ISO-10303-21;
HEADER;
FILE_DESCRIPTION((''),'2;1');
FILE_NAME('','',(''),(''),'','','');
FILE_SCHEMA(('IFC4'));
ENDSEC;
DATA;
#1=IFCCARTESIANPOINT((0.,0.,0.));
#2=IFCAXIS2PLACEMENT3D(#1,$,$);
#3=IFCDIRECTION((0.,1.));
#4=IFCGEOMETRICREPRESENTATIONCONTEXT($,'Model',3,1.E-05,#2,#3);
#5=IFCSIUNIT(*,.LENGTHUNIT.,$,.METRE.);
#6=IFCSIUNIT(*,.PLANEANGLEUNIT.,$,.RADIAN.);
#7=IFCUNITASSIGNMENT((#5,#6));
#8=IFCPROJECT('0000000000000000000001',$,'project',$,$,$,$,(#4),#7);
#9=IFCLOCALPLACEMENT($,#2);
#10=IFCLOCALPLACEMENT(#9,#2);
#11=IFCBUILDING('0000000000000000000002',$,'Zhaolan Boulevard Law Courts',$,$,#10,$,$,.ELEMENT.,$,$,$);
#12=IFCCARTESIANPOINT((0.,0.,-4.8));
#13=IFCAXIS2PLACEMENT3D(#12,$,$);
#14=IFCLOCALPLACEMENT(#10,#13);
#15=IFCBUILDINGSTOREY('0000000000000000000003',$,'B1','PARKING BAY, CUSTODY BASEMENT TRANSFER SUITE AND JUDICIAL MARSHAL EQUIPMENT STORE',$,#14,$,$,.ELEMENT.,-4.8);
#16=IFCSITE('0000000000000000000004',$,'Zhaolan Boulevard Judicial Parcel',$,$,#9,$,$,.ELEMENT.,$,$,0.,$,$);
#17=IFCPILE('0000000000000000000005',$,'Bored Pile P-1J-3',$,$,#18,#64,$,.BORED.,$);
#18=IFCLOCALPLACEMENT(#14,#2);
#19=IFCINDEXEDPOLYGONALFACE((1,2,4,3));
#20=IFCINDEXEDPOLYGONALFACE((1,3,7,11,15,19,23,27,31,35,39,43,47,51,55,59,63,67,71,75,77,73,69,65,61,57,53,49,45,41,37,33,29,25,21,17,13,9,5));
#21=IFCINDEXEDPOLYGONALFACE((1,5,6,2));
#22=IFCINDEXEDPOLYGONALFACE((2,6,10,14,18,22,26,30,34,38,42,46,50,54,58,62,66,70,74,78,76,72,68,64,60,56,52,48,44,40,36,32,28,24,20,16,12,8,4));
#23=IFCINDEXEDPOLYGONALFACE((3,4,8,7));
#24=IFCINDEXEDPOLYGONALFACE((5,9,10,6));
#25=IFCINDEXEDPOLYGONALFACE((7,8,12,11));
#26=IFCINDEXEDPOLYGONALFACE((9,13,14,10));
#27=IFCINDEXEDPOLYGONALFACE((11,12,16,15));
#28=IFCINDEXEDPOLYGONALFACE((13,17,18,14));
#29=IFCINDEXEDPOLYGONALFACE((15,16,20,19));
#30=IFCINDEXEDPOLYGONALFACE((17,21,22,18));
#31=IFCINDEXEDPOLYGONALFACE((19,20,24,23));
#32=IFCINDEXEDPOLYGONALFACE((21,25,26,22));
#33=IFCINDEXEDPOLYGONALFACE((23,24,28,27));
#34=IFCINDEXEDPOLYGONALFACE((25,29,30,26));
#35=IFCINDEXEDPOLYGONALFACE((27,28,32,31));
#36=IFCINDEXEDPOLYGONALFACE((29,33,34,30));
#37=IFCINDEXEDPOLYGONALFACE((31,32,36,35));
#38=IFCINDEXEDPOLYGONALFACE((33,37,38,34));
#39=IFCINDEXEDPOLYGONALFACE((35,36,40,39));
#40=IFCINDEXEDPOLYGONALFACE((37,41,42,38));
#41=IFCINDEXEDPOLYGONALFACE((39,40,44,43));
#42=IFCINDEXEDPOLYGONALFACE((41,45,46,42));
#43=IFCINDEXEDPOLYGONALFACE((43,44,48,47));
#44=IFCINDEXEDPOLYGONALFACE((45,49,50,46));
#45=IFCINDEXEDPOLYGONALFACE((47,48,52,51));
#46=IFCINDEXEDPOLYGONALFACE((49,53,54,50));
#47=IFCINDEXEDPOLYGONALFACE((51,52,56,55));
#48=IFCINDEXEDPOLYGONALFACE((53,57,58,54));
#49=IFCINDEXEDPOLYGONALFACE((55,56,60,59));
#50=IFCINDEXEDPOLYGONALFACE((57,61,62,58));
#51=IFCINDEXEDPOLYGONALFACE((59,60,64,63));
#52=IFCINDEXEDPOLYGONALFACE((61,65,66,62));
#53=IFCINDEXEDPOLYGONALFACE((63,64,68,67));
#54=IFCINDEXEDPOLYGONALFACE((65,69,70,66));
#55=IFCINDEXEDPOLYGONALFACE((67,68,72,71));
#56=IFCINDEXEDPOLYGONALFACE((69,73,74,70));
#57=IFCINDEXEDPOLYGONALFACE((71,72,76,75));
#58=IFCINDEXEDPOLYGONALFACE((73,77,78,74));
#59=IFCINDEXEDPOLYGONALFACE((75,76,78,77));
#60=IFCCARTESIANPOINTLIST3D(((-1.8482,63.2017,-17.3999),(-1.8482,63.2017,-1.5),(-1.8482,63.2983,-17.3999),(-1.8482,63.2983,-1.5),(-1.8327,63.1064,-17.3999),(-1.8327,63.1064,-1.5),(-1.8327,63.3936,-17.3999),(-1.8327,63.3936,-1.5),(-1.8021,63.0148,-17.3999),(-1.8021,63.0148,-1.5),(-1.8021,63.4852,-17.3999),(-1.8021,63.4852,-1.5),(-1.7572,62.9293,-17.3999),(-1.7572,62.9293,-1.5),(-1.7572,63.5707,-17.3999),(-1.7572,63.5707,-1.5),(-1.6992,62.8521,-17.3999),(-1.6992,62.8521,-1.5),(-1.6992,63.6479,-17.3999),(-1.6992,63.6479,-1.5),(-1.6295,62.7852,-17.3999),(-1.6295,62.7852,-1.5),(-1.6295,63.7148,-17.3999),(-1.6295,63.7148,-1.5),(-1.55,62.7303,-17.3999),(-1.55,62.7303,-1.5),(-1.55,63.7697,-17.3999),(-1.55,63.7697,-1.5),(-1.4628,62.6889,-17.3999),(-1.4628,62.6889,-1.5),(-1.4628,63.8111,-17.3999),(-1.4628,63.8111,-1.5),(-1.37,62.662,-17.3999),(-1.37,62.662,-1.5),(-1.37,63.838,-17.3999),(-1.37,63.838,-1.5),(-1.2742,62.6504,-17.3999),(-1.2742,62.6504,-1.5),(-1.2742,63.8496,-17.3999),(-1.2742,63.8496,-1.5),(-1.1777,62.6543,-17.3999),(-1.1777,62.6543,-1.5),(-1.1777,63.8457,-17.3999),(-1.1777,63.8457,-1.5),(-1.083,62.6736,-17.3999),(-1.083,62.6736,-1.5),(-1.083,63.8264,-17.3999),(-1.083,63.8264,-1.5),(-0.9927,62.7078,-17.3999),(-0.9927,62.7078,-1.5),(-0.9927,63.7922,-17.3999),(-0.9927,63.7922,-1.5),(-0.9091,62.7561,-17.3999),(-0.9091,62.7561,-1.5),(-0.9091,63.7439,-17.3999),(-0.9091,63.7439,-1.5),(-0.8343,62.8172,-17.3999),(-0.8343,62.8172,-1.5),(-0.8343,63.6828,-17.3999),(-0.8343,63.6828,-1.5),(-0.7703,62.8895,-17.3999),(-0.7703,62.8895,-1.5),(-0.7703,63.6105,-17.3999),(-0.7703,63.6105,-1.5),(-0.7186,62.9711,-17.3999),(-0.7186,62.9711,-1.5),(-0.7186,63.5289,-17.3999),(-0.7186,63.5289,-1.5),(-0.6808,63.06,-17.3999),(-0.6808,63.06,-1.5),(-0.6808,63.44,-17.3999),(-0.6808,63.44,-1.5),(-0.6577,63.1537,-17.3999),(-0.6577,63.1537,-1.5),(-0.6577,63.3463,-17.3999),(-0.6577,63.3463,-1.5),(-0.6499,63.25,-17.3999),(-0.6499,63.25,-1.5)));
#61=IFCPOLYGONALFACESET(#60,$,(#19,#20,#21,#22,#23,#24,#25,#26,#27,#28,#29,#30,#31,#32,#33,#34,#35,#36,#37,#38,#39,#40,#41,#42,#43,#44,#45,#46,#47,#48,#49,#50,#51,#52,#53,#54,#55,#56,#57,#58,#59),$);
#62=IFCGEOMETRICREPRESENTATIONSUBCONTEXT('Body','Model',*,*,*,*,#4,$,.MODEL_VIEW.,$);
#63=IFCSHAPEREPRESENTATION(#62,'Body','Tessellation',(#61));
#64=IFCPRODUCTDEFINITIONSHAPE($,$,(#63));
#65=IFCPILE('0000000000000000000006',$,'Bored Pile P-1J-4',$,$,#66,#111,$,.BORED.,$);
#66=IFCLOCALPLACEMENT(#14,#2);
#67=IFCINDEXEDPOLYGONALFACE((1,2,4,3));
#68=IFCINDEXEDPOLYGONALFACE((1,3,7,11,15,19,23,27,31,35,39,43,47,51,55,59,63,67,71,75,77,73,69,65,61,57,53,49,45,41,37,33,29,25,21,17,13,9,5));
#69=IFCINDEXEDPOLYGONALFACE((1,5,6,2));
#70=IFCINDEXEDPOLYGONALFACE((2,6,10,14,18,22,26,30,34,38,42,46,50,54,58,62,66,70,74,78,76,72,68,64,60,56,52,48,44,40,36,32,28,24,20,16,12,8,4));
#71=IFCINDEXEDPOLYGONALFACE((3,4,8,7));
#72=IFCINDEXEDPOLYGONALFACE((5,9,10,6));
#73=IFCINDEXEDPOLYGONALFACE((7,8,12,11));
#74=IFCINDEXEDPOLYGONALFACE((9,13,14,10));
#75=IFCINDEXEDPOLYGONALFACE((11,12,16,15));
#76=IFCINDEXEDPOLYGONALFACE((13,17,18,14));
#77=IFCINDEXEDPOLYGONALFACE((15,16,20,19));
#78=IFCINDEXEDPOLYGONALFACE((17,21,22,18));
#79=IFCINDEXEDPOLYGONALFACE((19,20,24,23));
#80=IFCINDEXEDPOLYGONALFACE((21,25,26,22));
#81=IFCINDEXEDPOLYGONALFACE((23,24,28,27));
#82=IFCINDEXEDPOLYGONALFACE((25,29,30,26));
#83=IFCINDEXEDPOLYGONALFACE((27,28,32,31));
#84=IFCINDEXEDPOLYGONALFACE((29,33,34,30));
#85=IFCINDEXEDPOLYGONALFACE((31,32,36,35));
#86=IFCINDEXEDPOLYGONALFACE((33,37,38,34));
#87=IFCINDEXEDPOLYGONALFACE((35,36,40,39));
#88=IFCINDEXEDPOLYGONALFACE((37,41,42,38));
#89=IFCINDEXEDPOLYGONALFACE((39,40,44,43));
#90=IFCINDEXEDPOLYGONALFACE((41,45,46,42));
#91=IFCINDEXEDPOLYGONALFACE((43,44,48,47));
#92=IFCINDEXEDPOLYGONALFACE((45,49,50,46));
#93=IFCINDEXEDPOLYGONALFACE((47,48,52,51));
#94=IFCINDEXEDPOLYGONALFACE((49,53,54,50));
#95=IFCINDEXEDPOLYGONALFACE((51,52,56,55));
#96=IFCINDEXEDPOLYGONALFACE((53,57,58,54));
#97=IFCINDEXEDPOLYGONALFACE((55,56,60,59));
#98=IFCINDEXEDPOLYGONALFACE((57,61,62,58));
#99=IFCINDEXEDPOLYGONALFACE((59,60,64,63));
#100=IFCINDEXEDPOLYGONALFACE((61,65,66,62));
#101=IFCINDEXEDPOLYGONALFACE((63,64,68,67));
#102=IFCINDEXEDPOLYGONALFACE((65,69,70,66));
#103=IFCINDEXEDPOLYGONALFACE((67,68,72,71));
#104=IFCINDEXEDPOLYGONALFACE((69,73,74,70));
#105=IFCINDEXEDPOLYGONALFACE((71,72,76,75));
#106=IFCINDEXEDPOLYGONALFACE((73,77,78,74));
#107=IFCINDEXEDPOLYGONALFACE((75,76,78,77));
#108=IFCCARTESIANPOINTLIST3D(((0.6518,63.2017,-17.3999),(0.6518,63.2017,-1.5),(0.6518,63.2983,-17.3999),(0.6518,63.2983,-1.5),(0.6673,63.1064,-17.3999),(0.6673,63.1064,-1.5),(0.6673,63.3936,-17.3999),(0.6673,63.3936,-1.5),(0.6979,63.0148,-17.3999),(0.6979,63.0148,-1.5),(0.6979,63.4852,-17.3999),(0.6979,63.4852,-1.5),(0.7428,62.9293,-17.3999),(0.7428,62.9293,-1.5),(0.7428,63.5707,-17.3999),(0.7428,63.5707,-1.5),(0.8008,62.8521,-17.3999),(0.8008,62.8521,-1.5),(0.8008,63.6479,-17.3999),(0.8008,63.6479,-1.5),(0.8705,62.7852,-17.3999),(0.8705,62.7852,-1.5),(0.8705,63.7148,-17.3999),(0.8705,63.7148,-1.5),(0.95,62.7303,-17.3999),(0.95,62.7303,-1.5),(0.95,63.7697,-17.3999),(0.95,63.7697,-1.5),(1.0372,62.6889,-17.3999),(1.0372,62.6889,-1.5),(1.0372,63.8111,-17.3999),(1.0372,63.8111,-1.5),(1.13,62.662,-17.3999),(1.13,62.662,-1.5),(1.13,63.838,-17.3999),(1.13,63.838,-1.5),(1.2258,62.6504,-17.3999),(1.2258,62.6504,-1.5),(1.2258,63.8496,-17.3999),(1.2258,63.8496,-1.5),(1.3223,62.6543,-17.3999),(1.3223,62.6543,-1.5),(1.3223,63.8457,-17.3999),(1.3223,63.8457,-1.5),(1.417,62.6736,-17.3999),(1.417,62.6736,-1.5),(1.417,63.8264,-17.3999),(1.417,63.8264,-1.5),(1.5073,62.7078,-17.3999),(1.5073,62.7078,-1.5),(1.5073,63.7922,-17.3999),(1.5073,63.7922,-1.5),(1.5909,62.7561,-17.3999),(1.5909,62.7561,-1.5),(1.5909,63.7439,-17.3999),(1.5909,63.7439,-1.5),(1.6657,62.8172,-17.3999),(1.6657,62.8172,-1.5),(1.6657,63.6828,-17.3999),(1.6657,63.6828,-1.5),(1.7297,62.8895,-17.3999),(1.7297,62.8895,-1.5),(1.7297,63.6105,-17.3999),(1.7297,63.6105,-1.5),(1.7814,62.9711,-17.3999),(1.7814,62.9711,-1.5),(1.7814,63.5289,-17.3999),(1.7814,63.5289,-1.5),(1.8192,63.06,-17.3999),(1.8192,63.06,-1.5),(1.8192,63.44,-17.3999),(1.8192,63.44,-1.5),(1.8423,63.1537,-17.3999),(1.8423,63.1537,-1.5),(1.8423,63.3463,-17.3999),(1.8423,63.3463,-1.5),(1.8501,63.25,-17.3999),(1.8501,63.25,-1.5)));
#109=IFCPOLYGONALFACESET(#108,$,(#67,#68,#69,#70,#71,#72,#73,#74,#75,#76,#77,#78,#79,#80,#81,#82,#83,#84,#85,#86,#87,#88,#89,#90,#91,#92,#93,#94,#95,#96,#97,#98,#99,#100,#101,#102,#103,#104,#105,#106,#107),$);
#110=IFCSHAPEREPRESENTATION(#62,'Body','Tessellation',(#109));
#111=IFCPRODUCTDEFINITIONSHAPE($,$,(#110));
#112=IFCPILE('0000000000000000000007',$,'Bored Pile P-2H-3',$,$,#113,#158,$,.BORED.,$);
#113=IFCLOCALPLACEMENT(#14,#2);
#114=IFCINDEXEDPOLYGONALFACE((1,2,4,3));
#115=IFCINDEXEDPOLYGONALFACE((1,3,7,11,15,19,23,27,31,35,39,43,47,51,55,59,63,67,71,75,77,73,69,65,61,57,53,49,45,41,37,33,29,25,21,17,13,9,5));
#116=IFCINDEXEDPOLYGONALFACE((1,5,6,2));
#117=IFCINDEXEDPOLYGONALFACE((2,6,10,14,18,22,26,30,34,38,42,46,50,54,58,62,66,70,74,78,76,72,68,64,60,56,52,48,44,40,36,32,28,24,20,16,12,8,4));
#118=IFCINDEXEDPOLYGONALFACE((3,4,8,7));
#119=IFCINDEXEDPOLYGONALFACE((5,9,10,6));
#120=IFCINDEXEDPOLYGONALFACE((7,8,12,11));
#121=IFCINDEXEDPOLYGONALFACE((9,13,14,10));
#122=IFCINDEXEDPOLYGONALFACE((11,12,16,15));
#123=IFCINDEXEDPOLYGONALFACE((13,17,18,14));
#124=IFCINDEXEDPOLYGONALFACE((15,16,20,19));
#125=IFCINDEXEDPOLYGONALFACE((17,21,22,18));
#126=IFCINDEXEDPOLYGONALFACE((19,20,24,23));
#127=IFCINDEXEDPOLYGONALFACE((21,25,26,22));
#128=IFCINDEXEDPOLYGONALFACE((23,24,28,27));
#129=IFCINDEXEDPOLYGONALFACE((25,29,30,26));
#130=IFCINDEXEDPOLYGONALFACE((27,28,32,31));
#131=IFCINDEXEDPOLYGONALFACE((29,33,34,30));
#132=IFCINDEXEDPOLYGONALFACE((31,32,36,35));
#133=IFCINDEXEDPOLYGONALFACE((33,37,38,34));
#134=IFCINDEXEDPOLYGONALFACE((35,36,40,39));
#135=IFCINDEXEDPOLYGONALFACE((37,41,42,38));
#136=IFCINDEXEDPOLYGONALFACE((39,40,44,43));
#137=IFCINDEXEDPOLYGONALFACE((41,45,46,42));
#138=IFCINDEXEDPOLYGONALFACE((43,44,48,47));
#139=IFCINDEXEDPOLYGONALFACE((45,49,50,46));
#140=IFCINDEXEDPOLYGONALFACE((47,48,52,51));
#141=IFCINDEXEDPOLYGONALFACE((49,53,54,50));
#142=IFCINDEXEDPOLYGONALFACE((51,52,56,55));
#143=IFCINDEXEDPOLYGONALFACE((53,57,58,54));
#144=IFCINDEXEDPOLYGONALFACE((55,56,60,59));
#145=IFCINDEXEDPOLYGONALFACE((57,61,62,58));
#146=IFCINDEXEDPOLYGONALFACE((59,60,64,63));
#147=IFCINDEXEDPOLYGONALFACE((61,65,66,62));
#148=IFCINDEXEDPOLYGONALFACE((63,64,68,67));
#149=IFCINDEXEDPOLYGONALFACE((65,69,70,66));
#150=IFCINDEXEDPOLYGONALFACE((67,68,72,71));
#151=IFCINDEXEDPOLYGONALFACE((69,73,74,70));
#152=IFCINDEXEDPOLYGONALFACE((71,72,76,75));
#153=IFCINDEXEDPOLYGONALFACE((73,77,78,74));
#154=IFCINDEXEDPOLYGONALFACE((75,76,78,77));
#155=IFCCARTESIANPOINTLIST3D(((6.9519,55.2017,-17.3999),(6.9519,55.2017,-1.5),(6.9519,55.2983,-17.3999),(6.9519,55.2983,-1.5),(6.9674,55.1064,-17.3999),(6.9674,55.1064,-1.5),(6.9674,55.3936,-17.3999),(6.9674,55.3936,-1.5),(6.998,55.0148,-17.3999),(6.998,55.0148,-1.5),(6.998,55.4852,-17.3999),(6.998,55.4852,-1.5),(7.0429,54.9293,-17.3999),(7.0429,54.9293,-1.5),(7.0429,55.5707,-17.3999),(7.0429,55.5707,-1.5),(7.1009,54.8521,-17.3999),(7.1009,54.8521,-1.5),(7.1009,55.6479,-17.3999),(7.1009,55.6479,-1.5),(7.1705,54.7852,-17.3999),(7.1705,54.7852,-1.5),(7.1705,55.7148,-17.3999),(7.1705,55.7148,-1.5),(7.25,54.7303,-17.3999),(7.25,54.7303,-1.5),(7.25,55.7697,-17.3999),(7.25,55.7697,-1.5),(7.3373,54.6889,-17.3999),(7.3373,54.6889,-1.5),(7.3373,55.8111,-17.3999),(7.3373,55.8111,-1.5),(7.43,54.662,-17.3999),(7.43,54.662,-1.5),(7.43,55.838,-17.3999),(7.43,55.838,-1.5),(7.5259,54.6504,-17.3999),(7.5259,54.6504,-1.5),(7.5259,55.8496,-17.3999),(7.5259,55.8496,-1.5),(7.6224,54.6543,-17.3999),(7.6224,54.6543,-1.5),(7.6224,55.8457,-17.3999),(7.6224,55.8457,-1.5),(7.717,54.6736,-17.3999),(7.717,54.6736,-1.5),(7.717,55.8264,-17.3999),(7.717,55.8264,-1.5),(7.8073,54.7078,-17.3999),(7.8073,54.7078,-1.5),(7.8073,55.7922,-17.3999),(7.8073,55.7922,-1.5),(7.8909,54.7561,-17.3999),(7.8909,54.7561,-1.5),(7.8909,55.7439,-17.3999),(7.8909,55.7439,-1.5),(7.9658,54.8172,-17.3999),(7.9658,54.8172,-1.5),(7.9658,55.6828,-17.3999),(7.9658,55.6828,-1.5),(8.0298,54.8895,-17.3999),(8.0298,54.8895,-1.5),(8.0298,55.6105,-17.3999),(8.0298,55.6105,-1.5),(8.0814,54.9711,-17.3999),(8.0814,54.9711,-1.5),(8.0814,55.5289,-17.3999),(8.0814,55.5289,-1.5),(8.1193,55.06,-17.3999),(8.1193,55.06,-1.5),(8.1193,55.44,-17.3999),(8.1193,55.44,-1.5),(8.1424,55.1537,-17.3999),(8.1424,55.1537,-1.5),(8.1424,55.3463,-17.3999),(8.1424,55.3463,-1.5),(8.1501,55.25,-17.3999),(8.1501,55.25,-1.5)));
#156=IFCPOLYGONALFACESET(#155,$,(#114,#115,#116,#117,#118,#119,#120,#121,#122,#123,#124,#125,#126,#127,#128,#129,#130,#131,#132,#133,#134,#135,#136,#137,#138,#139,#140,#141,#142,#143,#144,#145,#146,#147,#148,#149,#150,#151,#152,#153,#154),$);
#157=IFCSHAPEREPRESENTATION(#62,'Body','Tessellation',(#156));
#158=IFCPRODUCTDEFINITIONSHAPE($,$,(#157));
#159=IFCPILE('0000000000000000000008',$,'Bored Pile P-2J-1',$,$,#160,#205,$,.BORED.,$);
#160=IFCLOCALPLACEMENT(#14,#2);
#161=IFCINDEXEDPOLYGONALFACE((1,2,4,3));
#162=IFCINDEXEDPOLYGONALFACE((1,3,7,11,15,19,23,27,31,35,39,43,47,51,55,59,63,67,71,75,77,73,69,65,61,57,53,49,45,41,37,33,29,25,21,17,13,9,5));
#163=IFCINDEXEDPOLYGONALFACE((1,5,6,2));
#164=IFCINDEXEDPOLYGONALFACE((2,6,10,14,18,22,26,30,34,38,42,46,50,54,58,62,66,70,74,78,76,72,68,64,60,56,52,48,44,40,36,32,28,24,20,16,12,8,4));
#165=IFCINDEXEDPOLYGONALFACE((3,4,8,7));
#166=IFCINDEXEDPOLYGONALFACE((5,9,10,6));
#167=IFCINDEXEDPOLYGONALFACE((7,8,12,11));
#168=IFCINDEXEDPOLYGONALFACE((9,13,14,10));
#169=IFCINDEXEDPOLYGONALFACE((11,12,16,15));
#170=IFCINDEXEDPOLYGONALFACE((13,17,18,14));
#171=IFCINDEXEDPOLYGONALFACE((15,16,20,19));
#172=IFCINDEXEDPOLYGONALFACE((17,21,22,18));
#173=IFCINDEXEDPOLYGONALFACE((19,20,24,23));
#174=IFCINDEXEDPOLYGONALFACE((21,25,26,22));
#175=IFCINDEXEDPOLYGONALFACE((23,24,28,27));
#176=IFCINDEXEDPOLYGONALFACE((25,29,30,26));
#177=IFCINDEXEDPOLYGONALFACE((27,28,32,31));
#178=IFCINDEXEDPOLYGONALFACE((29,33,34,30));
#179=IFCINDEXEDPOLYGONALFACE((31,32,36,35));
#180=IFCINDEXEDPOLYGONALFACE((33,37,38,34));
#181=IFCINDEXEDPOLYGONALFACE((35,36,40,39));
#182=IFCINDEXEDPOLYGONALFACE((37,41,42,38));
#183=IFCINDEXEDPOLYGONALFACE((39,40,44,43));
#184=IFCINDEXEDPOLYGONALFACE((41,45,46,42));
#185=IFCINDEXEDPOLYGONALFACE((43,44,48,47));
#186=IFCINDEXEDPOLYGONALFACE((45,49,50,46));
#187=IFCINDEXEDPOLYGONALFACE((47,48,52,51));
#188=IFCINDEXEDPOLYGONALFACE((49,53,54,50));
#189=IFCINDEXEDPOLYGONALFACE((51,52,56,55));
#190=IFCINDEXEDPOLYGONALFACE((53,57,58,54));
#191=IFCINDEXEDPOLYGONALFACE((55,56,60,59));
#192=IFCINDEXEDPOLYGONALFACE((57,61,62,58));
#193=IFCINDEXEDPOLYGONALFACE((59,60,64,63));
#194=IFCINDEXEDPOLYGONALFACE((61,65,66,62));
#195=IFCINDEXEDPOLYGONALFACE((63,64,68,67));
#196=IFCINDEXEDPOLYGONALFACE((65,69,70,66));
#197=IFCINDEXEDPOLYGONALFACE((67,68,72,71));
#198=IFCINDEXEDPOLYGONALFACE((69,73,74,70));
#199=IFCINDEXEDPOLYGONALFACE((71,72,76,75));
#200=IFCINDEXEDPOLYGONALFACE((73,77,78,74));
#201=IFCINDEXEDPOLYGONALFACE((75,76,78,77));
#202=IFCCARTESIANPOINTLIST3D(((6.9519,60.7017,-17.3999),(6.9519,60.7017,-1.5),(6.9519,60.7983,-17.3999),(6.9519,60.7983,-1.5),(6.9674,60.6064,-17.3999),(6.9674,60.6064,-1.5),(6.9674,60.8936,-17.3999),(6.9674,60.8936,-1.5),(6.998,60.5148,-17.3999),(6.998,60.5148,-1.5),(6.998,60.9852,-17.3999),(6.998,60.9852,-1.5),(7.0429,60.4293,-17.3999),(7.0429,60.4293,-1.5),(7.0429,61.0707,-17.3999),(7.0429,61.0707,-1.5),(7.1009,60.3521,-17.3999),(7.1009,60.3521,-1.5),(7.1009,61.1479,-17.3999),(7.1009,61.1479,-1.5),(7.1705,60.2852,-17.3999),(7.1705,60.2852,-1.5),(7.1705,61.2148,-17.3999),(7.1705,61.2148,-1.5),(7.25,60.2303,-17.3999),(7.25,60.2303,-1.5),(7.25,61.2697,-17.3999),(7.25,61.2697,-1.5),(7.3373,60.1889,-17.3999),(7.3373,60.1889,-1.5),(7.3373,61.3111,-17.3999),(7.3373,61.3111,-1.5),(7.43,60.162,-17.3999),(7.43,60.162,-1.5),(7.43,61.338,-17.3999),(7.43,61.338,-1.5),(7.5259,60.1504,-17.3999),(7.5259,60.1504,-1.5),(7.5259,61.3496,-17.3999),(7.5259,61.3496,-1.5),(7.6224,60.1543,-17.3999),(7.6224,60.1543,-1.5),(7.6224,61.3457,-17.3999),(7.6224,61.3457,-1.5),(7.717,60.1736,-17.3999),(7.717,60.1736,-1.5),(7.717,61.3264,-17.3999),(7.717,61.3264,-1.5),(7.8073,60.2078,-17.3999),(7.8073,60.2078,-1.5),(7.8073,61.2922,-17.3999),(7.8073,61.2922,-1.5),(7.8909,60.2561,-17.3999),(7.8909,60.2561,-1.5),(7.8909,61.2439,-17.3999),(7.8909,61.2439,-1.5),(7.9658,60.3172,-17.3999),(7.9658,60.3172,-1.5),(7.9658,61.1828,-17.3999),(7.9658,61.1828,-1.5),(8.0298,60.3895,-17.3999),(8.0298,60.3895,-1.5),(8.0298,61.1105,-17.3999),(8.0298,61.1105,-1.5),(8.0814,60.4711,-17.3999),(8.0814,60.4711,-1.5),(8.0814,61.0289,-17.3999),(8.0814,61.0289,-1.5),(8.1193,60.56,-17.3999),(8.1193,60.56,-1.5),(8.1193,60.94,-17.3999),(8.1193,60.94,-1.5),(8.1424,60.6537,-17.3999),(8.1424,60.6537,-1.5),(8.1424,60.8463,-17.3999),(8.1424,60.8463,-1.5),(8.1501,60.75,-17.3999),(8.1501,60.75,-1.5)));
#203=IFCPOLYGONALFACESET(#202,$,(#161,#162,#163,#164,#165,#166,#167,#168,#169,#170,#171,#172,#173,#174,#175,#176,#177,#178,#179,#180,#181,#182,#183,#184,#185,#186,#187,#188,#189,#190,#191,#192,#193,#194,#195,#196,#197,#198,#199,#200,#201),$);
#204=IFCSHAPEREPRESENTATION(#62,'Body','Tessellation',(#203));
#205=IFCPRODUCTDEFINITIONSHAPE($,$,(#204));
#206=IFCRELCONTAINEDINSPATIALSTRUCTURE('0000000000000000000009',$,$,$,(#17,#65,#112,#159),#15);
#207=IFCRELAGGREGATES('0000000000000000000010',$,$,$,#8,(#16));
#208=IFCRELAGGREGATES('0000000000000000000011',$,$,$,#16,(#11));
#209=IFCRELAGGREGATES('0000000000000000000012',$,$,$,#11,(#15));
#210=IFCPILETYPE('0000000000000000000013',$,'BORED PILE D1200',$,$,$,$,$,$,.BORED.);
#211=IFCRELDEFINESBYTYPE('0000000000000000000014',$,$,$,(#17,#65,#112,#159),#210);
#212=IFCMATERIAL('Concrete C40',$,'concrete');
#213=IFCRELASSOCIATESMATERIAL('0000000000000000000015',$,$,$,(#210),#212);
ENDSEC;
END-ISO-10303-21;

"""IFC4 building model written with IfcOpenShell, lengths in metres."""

from ifc_helpers import new_model, si_unit, direction, frame, origin, origin_2d, place, context, subcontext, project, spatial, circle, extrude, material, material_profile, profile_set, type_object, element, save


model = new_model("IFC4")

# Units and contexts
model_context = context("Model", 3, precision=1e-05, world=origin(), true_north=direction((0.0, 1.0)))
body_context = subcontext(model_context, "Body", "Model", "MODEL_VIEW")
ifc_project = project(units=[si_unit("LENGTHUNIT", "METRE"), si_unit("PLANEANGLEUNIT", "RADIAN")], contexts=[model_context])

# Site, building, storey
site_placement = place(None, origin())
site = spatial("IfcSite", under=ifc_project, at=site_placement, Name="Zhaolan Boulevard Judicial Parcel", CompositionType="ELEMENT", RefElevation=0.0)
building_placement = place(site_placement, origin())
building = spatial("IfcBuilding", under=site, at=building_placement, Name="Zhaolan Boulevard Law Courts", CompositionType="ELEMENT")
storey_placement = place(building_placement, frame((0.0, 0.0, -4.8)))
storey = spatial("IfcBuildingStorey", under=building, at=storey_placement, Name="B1", Description="PARKING BAY, CUSTODY BASEMENT TRANSFER SUITE AND JUDICIAL MARSHAL EQUIPMENT STORE", CompositionType="ELEMENT", Elevation=-4.8)

# Piles
ifc_material_1 = material(Name="Concrete C40", Category="concrete")
ifc_material_profile_1 = material_profile(ifc_material_1, circle(Radius=0.6001, at=origin_2d()), Name="PILE-D1200")
ifc_profile_set_1 = profile_set([ifc_material_profile_1], Name="Concrete C40")
pile_type = type_object("IfcPileType", Name="BORED PILE D1200", PredefinedType="BORED", material=ifc_profile_set_1)
for number, where, z_axis, x_axis, name in (
    (1, (-1.25, 63.25, -1.5), (0.0, 0.0, -1.0), (1.0, 0.0, 0.0), "Bored Pile P-1J-3"),
    (2, (1.25, 63.25, -1.5), (0.0, 0.0, -1.0), (1.0, 0.0, 0.0), "Bored Pile P-1J-4"),
    (3, (7.55, 55.25, -1.5), (0.0, 0.0, -1.0), (1.0, 0.0, 0.0), "Bored Pile P-2H-3"),
    (4, (7.55, 60.75, -1.5), (0.0, 0.0, -1.0), (1.0, 0.0, 0.0), "Bored Pile P-2J-1"),
):
    element("IfcPile", number, at=place(storey_placement, frame(where, z_axis=z_axis, x_axis=x_axis)), inside=storey, type_object=pile_type, Name=name, PredefinedType="BORED", context=body_context, shape_type="SweptSolid", body=[
        extrude(circle(Radius=0.6001, at=origin_2d()), origin(), (0.0, 0.0, 1.0), 15.8999),
    ])

save(model, "model.ifc")
